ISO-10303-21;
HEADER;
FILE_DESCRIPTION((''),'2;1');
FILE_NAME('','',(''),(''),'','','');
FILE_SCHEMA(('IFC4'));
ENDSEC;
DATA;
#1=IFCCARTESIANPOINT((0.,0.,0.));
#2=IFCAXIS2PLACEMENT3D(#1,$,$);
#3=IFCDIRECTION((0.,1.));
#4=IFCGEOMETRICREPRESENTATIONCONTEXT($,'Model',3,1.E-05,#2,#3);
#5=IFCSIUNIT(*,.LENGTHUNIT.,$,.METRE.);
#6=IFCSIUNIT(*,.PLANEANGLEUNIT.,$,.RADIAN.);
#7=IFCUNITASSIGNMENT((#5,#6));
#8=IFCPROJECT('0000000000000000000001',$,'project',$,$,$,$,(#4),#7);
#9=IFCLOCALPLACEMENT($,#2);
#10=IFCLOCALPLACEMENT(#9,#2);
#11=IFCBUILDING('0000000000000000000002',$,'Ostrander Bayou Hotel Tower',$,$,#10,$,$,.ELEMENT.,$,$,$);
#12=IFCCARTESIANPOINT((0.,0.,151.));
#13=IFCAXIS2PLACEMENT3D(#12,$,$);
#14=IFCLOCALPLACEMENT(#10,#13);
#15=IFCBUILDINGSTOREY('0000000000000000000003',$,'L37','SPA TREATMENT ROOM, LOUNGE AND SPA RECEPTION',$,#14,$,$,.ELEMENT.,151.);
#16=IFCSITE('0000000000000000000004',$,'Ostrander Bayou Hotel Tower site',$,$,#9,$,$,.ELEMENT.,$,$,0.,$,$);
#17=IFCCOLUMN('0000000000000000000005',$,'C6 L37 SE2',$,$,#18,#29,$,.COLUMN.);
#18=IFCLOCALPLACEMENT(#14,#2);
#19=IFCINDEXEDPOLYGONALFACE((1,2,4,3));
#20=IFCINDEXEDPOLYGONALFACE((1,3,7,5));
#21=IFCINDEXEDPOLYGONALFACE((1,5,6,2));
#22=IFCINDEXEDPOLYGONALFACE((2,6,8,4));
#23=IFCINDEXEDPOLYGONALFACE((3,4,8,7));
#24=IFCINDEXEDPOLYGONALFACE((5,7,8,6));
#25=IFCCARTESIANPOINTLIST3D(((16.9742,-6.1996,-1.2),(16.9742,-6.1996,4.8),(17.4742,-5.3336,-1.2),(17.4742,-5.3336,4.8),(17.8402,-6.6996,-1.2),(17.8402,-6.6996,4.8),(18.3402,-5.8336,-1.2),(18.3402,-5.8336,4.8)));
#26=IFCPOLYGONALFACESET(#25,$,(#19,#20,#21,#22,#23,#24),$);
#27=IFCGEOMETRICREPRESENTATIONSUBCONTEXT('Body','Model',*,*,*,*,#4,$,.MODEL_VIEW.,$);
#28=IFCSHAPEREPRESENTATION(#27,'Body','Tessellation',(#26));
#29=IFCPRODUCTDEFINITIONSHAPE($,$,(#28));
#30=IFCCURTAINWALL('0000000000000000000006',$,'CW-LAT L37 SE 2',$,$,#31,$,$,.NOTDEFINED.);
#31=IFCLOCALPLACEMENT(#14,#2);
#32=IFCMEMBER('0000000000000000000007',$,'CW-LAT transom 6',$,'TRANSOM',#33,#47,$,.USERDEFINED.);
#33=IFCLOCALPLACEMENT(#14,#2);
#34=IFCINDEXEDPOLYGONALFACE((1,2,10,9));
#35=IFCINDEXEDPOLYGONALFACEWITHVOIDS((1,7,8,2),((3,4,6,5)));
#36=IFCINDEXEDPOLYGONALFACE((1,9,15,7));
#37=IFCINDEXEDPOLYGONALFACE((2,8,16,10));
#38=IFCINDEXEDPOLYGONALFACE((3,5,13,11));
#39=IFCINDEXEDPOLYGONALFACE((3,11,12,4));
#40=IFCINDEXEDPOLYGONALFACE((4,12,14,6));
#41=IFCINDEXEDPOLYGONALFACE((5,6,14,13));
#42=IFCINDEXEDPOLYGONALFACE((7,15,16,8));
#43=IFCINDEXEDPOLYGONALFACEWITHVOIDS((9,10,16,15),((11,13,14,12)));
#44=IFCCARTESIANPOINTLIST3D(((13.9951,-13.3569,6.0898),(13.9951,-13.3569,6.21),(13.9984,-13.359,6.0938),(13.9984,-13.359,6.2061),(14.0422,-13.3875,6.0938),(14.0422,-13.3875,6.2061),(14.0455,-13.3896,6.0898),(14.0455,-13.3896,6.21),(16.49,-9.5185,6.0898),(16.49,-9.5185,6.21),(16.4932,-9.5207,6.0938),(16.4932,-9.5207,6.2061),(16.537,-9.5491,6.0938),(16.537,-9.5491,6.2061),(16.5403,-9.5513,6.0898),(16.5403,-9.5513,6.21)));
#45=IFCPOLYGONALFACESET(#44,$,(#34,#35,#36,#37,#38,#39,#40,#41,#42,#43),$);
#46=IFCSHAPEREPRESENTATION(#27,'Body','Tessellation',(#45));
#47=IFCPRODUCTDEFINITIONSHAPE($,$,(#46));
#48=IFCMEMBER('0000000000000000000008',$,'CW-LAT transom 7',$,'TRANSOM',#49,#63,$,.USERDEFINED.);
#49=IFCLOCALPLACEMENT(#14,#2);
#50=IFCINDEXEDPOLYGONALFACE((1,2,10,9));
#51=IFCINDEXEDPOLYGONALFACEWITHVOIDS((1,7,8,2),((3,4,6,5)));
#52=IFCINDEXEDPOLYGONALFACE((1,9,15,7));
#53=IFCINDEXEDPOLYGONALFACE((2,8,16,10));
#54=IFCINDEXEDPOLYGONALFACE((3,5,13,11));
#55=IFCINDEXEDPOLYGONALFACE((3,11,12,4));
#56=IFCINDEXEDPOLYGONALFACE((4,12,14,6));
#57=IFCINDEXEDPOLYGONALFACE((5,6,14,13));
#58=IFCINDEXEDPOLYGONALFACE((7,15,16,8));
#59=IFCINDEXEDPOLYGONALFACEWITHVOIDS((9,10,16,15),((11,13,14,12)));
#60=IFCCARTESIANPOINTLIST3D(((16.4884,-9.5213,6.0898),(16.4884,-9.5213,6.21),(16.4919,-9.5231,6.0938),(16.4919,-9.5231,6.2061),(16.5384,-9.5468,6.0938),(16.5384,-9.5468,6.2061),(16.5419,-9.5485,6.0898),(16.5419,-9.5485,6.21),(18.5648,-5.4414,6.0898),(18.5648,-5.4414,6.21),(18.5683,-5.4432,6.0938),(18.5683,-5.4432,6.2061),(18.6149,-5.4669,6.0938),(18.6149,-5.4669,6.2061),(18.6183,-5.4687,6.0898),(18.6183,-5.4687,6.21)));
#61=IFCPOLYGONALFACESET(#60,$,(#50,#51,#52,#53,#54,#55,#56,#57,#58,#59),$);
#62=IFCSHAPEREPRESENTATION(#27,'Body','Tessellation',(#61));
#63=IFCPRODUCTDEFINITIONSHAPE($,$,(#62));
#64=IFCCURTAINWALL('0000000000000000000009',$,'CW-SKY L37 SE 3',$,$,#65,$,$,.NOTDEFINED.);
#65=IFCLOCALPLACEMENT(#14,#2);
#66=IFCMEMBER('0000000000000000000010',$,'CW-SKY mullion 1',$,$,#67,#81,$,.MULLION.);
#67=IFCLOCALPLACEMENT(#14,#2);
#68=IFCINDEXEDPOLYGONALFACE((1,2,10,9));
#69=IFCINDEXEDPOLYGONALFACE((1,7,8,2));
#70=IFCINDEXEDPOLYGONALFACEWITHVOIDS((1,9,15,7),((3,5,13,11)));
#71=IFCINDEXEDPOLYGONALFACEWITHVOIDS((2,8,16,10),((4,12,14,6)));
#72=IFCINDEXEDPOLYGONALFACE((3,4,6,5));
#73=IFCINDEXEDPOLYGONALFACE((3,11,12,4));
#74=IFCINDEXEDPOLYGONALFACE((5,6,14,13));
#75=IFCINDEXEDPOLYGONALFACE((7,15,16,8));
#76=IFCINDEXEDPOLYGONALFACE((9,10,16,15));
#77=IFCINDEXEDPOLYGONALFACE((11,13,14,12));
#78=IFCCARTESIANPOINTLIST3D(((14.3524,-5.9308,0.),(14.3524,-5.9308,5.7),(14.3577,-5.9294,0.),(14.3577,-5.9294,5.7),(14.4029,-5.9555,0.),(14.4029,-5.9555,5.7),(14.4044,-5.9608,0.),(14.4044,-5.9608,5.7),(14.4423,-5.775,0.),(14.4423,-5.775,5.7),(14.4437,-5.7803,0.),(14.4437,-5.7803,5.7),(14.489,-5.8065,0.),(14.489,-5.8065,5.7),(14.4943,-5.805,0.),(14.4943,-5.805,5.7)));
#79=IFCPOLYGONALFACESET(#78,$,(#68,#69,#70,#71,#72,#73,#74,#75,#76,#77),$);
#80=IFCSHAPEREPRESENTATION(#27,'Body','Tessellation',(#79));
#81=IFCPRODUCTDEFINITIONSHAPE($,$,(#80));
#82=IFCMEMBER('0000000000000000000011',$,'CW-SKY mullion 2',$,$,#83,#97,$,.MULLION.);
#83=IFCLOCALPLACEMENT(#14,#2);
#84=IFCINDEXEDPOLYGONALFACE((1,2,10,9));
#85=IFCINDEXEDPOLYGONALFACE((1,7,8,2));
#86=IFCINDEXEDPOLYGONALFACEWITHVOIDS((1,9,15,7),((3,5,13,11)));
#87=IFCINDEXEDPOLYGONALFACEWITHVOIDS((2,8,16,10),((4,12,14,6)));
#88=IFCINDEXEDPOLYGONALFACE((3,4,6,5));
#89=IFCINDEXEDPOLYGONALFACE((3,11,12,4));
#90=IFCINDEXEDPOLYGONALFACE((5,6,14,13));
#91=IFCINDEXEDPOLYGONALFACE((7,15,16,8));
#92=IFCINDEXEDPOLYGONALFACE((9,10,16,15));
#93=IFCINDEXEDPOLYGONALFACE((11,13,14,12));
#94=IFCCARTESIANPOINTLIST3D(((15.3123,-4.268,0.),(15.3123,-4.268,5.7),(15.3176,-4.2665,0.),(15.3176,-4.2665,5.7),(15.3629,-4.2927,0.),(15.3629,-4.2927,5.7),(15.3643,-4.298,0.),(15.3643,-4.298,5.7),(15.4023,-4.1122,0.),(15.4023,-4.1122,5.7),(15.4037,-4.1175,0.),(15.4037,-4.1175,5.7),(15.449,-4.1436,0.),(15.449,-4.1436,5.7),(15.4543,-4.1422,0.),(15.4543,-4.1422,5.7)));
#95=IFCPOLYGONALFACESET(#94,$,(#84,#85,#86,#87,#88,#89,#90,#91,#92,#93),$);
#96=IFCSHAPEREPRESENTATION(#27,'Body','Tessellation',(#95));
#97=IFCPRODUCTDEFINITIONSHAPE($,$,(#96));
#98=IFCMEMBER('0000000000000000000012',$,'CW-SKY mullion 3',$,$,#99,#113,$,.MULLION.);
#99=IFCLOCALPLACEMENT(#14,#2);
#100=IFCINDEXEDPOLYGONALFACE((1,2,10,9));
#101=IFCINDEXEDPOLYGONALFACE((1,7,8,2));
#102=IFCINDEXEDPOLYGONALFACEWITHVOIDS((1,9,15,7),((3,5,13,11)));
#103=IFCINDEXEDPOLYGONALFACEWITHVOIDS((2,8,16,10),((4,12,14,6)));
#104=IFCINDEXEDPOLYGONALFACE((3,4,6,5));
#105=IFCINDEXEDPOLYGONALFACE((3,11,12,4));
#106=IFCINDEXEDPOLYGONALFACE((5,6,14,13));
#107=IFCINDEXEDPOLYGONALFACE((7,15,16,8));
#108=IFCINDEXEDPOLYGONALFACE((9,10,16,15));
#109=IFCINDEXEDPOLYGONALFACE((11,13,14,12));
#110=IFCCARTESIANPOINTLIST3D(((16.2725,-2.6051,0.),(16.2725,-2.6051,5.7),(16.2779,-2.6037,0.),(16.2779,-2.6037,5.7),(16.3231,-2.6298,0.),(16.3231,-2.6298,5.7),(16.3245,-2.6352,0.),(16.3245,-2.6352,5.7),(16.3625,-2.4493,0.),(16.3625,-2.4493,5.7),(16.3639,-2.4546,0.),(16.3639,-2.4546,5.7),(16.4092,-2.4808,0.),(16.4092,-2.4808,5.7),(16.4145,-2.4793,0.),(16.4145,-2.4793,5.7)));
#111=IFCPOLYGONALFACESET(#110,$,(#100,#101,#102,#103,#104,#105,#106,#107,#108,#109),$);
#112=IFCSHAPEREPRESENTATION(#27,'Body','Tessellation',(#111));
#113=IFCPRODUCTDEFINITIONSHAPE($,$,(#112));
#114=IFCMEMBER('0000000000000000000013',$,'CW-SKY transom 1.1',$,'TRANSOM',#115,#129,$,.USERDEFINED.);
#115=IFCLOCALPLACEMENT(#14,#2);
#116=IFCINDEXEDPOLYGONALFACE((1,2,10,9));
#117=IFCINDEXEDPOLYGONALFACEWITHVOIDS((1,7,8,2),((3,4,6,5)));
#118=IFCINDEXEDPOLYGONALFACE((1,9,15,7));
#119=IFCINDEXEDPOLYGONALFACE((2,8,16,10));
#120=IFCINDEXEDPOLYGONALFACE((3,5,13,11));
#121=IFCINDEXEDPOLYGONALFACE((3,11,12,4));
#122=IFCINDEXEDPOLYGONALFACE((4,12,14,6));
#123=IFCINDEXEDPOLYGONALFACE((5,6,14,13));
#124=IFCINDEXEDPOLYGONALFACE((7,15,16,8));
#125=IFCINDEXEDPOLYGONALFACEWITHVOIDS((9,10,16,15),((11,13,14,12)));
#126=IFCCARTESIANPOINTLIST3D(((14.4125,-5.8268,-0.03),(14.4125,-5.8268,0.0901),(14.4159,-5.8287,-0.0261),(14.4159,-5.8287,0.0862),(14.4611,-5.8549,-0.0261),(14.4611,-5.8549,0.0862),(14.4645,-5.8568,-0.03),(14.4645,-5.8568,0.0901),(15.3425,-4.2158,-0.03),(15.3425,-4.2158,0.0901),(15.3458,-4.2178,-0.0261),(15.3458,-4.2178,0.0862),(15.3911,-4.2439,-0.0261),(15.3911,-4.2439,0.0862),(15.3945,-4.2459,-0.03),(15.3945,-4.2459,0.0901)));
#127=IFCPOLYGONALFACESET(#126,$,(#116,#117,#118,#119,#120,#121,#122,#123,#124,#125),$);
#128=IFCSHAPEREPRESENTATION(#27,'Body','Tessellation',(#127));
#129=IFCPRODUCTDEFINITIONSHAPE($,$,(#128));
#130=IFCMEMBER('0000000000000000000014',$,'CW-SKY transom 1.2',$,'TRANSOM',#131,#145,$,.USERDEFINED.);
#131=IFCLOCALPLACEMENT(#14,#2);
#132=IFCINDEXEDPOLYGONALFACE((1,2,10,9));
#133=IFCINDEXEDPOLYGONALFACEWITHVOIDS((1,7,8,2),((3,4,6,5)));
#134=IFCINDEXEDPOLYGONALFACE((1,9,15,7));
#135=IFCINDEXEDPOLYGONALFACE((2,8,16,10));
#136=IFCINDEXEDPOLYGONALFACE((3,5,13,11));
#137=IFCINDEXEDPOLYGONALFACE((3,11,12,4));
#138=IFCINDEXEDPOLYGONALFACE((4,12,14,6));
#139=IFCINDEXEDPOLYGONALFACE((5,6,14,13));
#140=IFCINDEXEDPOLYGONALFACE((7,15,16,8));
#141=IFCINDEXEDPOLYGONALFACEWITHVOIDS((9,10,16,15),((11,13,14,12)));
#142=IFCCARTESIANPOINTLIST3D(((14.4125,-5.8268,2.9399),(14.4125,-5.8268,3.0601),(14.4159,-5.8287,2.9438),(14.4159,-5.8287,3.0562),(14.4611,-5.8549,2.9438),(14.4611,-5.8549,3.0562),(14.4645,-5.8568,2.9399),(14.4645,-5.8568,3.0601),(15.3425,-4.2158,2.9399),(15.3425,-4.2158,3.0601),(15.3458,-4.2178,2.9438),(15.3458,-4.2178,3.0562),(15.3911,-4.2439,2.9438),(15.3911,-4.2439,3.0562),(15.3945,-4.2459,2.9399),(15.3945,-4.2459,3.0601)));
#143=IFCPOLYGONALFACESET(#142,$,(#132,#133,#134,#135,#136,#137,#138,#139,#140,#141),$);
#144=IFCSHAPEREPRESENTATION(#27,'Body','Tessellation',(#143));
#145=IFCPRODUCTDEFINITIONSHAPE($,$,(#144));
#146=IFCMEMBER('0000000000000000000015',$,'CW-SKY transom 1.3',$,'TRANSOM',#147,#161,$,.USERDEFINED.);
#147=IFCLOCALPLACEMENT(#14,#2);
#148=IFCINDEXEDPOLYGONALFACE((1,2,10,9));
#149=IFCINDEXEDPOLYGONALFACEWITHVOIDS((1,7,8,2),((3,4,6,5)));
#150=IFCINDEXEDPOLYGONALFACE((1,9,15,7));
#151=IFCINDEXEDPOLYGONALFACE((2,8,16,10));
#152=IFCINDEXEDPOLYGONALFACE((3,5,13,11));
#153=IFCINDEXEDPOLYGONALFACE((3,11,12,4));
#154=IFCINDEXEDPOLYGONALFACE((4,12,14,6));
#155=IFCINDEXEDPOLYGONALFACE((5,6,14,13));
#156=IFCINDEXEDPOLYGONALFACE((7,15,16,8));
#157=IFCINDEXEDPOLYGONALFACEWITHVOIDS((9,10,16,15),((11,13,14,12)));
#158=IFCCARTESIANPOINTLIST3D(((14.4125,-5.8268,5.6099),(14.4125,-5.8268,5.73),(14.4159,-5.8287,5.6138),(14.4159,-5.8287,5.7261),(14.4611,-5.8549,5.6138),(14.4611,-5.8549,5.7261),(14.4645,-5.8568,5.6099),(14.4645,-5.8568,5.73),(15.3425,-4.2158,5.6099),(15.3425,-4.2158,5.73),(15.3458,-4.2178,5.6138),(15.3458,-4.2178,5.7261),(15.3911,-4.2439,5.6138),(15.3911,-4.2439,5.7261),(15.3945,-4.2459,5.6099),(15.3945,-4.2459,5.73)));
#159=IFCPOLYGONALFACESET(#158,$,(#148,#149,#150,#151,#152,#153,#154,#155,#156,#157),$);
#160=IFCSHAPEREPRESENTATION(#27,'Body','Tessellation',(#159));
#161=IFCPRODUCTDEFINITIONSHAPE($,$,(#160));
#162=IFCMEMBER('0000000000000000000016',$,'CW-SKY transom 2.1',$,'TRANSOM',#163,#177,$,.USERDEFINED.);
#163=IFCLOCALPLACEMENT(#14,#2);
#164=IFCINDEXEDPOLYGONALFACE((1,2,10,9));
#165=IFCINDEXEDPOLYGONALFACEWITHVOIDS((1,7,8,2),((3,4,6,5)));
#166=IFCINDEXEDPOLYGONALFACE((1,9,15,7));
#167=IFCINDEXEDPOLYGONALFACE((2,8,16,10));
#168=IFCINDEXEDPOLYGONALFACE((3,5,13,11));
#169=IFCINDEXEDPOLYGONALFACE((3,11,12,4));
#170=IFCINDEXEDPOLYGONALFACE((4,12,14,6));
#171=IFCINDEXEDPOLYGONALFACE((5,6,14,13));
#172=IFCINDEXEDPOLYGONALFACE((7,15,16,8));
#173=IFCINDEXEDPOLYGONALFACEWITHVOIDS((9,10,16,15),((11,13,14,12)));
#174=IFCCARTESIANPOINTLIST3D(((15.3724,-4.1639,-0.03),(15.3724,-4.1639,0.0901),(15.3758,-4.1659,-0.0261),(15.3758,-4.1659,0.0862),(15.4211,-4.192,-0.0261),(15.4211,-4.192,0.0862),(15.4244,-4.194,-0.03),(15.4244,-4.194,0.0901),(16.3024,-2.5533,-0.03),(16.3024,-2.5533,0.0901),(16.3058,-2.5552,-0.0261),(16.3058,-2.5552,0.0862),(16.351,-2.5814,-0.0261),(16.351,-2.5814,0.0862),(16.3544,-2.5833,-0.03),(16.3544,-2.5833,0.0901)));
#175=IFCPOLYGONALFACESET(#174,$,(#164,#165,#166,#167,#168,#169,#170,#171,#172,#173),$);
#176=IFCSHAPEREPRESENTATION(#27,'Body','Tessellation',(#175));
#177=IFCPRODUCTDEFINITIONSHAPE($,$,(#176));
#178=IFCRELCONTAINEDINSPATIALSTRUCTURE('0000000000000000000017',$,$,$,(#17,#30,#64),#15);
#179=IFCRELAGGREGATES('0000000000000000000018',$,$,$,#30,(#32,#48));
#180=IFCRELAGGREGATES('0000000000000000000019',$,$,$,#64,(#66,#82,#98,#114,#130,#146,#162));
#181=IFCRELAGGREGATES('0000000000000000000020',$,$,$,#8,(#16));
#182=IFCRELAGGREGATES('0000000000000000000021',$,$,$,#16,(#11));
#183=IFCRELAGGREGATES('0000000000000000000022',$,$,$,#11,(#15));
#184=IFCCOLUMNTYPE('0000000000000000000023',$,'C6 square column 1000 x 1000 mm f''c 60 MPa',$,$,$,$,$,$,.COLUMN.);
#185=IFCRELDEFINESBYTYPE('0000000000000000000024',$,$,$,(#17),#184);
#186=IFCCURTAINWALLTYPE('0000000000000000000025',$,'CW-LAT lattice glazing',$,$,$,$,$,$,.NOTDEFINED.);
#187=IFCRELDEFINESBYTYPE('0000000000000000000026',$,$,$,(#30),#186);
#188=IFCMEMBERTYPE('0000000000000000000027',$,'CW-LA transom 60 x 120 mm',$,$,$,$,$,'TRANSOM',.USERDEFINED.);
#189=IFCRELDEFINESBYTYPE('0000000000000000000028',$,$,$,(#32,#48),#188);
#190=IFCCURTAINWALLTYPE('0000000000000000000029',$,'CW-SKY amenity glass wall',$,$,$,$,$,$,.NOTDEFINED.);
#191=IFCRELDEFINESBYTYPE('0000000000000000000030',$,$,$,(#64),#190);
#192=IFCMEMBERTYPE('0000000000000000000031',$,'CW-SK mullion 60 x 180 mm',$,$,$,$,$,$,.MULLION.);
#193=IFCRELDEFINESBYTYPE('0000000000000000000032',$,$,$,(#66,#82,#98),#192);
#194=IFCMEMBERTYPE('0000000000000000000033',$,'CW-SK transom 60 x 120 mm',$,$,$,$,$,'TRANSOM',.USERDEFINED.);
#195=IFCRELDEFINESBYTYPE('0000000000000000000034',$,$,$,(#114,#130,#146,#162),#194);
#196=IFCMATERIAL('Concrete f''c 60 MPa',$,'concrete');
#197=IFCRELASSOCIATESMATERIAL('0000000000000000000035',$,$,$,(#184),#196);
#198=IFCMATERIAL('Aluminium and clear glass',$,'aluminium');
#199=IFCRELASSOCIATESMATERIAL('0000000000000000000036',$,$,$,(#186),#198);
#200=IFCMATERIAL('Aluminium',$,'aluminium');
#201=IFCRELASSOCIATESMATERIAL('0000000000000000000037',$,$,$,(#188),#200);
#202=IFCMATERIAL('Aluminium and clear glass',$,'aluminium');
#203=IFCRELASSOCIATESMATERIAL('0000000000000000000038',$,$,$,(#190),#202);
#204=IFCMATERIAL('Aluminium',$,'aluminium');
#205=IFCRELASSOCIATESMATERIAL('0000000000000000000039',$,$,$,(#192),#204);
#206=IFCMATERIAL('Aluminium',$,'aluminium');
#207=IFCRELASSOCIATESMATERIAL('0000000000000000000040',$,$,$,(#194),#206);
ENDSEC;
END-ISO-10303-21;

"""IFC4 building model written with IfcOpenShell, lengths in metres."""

from ifc_helpers import new_model, si_unit, direction, frame, origin, origin_2d, place, context, subcontext, project, spatial, rectangle, hollow_rectangle, extrude, material, material_profile, profile_set, type_object, element, aggregate, save


model = new_model("IFC4")

# Units and contexts
model_context = context("Model", 3, precision=1e-05, world=origin(), true_north=direction((0.0, 1.0)))
body_context = subcontext(model_context, "Body", "Model", "MODEL_VIEW")
ifc_project = project(units=[si_unit("LENGTHUNIT", "METRE"), si_unit("PLANEANGLEUNIT", "RADIAN")], contexts=[model_context])

# Site, building, storey
site_placement = place(None, origin())
site = spatial("IfcSite", under=ifc_project, at=site_placement, Name="Ostrander Bayou Hotel Tower site", CompositionType="ELEMENT", RefElevation=0.0)
building_placement = place(site_placement, origin())
building = spatial("IfcBuilding", under=site, at=building_placement, Name="Ostrander Bayou Hotel Tower", CompositionType="ELEMENT")
storey_placement = place(building_placement, frame((0.0, 0.0, 151.0)))
storey = spatial("IfcBuildingStorey", under=building, at=storey_placement, Name="L37", Description="SPA TREATMENT ROOM, LOUNGE AND SPA RECEPTION", CompositionType="ELEMENT", Elevation=151.0)

# Column
ifc_material_1 = material(Name="Concrete f'c 60 MPa", Category="concrete")
ifc_material_profile_1 = material_profile(ifc_material_1, rectangle(XDim=1.0, YDim=1.0, at=origin_2d()))
ifc_profile_set_1 = profile_set([ifc_material_profile_1], Name="Concrete f'c 60 MPa")
column_type = type_object("IfcColumnType", Name="C6 square column 1000 x 1000 mm f'c 60 MPa", PredefinedType="COLUMN", material=ifc_profile_set_1)
column_placement = place(storey_placement, frame((17.6572, -6.0166, -1.2), z_axis=(0.0, 0.0, 1.0), x_axis=(-0.5, -0.866025, 0.0)))
element("IfcColumn", 1, at=column_placement, inside=storey, type_object=column_type, Name="C6 L37 SE2", PredefinedType="COLUMN", context=body_context, shape_type="SweptSolid", body=[
    extrude(rectangle(XDim=1.0, YDim=1.0, at=origin_2d()), origin(), (0.0, 0.0, 1.0), 6.0),
])

# Curtain walls, members
ifc_material_2 = material(Name="Aluminium and clear glass", Category="aluminium")
curtain_wall_type_1 = type_object("IfcCurtainWallType", Name="CW-LAT lattice glazing", PredefinedType="NOTDEFINED", material=ifc_material_2)
curtain_wall_1_placement = place(storey_placement, origin())
curtain_wall_1 = element("IfcCurtainWall", 2, at=curtain_wall_1_placement, inside=storey, type_object=curtain_wall_type_1, Name="CW-LAT L37 SE 2", PredefinedType="NOTDEFINED")
ifc_material_3 = material(Name="Aluminium", Category="aluminium")
ifc_material_profile_2 = material_profile(ifc_material_3, hollow_rectangle(XDim=0.0601, YDim=0.1201, WallThickness=0.0039, at=origin_2d()))
ifc_profile_set_2 = profile_set([ifc_material_profile_2], Name="Aluminium")
member_type_1 = type_object("IfcMemberType", Name="CW-LA transom 60 x 120 mm", ElementType="TRANSOM", PredefinedType="USERDEFINED", material=ifc_profile_set_2)
member_1_placement = place(storey_placement, frame((16.5151, -9.5349, 6.1499), z_axis=(-0.544977, -0.838451, 0.0), x_axis=(0.838451, -0.544977, 0.0)))
member_1 = element("IfcMember", 3, at=member_1_placement, type_object=member_type_1, Name="CW-LAT transom 6", ObjectType="TRANSOM", PredefinedType="USERDEFINED", context=body_context, shape_type="SweptSolid", body=[
    extrude(hollow_rectangle(XDim=0.0601, YDim=0.1201, WallThickness=0.0039, at=origin_2d()), origin(), (0.0, 0.0, 1.0), 4.5779),
])
member_2_placement = place(storey_placement, frame((16.5151, -9.5349, 6.1499), z_axis=(0.453581, 0.891215, 0.0), x_axis=(-0.891215, 0.453581, 0.0)))
member_2 = element("IfcMember", 4, at=member_2_placement, type_object=member_type_1, Name="CW-LAT transom 7", ObjectType="TRANSOM", PredefinedType="USERDEFINED", context=body_context, shape_type="SweptSolid", body=[
    extrude(hollow_rectangle(XDim=0.0601, YDim=0.1201, WallThickness=0.0039, at=origin_2d()), origin(), (0.0, 0.0, 1.0), 4.5779),
])
ifc_material_4 = material(Name="Aluminium and clear glass", Category="aluminium")
curtain_wall_type_2 = type_object("IfcCurtainWallType", Name="CW-SKY amenity glass wall", PredefinedType="NOTDEFINED", material=ifc_material_4)
curtain_wall_2_placement = place(storey_placement, origin())
curtain_wall_2 = element("IfcCurtainWall", 5, at=curtain_wall_2_placement, inside=storey, type_object=curtain_wall_type_2, Name="CW-SKY L37 SE 3", PredefinedType="NOTDEFINED")
ifc_material_5 = material(Name="Aluminium", Category="aluminium")
ifc_material_profile_3 = material_profile(ifc_material_5, hollow_rectangle(XDim=0.0601, YDim=0.1799, WallThickness=0.0039, at=origin_2d()))
ifc_profile_set_3 = profile_set([ifc_material_profile_3], Name="Aluminium")
member_type_2 = type_object("IfcMemberType", Name="CW-SK mullion 60 x 180 mm", PredefinedType="MULLION", material=ifc_profile_set_3)
member_3_placement = place(storey_placement, frame((14.4233, -5.8679, 0.0), z_axis=(0.0, 0.0, 1.0), x_axis=(-0.866025, 0.5, 0.0)))
member_3 = element("IfcMember", 6, at=member_3_placement, type_object=member_type_2, Name="CW-SKY mullion 1", PredefinedType="MULLION", context=body_context, shape_type="SweptSolid", body=[
    extrude(hollow_rectangle(XDim=0.0601, YDim=0.1799, WallThickness=0.0039, at=origin_2d()), origin(), (0.0, 0.0, 1.0), 5.7),
])
member_4_placement = place(storey_placement, frame((15.3833, -4.2051, 0.0), z_axis=(0.0, 0.0, 1.0), x_axis=(-0.866025, 0.5, 0.0)))
member_4 = element("IfcMember", 7, at=member_4_placement, type_object=member_type_2, Name="CW-SKY mullion 2", PredefinedType="MULLION", context=body_context, shape_type="SweptSolid", body=[
    extrude(hollow_rectangle(XDim=0.0601, YDim=0.1799, WallThickness=0.0039, at=origin_2d()), origin(), (0.0, 0.0, 1.0), 5.7),
])
member_5_placement = place(storey_placement, frame((16.3435, -2.5422, 0.0), z_axis=(0.0, 0.0, 1.0), x_axis=(-0.866025, 0.5, 0.0)))
member_5 = element("IfcMember", 8, at=member_5_placement, type_object=member_type_2, Name="CW-SKY mullion 3", PredefinedType="MULLION", context=body_context, shape_type="SweptSolid", body=[
    extrude(hollow_rectangle(XDim=0.0601, YDim=0.1799, WallThickness=0.0039, at=origin_2d()), origin(), (0.0, 0.0, 1.0), 5.7),
])
ifc_material_6 = material(Name="Aluminium", Category="aluminium")
ifc_material_profile_4 = material_profile(ifc_material_6, hollow_rectangle(XDim=0.0601, YDim=0.1201, WallThickness=0.0039, at=origin_2d()))
ifc_profile_set_4 = profile_set([ifc_material_profile_4], Name="Aluminium")
member_type_3 = type_object("IfcMemberType", Name="CW-SK transom 60 x 120 mm", ElementType="TRANSOM", PredefinedType="USERDEFINED", material=ifc_profile_set_4)
member_6_placement = place(storey_placement, frame((14.4385, -5.8418, 0.03), z_axis=(0.499965, 0.866046, 0.0), x_axis=(-0.866046, 0.499965, 0.0)))
member_6 = element("IfcMember", 9, at=member_6_placement, type_object=member_type_3, Name="CW-SKY transom 1.1", ObjectType="TRANSOM", PredefinedType="USERDEFINED", context=body_context, shape_type="SweptSolid", body=[
    extrude(hollow_rectangle(XDim=0.0601, YDim=0.1201, WallThickness=0.0039, at=origin_2d()), origin(), (0.0, 0.0, 1.0), 1.8601),
])
member_7_placement = place(storey_placement, frame((14.4385, -5.8418, 3.0), z_axis=(0.499965, 0.866046, 0.0), x_axis=(-0.866046, 0.499965, 0.0)))
member_7 = element("IfcMember", 10, at=member_7_placement, type_object=member_type_3, Name="CW-SKY transom 1.2", ObjectType="TRANSOM", PredefinedType="USERDEFINED", context=body_context, shape_type="SweptSolid", body=[
    extrude(hollow_rectangle(XDim=0.0601, YDim=0.1201, WallThickness=0.0039, at=origin_2d()), origin(), (0.0, 0.0, 1.0), 1.8601),
])
member_8_placement = place(storey_placement, frame((14.4385, -5.8418, 5.6699), z_axis=(0.499965, 0.866046, 0.0), x_axis=(-0.866046, 0.499965, 0.0)))
member_8 = element("IfcMember", 11, at=member_8_placement, type_object=member_type_3, Name="CW-SKY transom 1.3", ObjectType="TRANSOM", PredefinedType="USERDEFINED", context=body_context, shape_type="SweptSolid", body=[
    extrude(hollow_rectangle(XDim=0.0601, YDim=0.1201, WallThickness=0.0039, at=origin_2d()), origin(), (0.0, 0.0, 1.0), 1.8601),
])
member_9_placement = place(storey_placement, frame((15.3984, -4.179, 0.03), z_axis=(0.500022, 0.866013, 0.0), x_axis=(-0.866013, 0.500022, 0.0)))
member_9 = element("IfcMember", 12, at=member_9_placement, type_object=member_type_3, Name="CW-SKY transom 2.1", ObjectType="TRANSOM", PredefinedType="USERDEFINED", context=body_context, shape_type="SweptSolid", body=[
    extrude(hollow_rectangle(XDim=0.0601, YDim=0.1201, WallThickness=0.0039, at=origin_2d()), origin(), (0.0, 0.0, 1.0), 1.8599),
])

aggregate(curtain_wall_1, [member_1, member_2])
aggregate(curtain_wall_2, [member_3, member_4, member_5, member_6, member_7, member_8, member_9])

save(model, "model.ifc")
